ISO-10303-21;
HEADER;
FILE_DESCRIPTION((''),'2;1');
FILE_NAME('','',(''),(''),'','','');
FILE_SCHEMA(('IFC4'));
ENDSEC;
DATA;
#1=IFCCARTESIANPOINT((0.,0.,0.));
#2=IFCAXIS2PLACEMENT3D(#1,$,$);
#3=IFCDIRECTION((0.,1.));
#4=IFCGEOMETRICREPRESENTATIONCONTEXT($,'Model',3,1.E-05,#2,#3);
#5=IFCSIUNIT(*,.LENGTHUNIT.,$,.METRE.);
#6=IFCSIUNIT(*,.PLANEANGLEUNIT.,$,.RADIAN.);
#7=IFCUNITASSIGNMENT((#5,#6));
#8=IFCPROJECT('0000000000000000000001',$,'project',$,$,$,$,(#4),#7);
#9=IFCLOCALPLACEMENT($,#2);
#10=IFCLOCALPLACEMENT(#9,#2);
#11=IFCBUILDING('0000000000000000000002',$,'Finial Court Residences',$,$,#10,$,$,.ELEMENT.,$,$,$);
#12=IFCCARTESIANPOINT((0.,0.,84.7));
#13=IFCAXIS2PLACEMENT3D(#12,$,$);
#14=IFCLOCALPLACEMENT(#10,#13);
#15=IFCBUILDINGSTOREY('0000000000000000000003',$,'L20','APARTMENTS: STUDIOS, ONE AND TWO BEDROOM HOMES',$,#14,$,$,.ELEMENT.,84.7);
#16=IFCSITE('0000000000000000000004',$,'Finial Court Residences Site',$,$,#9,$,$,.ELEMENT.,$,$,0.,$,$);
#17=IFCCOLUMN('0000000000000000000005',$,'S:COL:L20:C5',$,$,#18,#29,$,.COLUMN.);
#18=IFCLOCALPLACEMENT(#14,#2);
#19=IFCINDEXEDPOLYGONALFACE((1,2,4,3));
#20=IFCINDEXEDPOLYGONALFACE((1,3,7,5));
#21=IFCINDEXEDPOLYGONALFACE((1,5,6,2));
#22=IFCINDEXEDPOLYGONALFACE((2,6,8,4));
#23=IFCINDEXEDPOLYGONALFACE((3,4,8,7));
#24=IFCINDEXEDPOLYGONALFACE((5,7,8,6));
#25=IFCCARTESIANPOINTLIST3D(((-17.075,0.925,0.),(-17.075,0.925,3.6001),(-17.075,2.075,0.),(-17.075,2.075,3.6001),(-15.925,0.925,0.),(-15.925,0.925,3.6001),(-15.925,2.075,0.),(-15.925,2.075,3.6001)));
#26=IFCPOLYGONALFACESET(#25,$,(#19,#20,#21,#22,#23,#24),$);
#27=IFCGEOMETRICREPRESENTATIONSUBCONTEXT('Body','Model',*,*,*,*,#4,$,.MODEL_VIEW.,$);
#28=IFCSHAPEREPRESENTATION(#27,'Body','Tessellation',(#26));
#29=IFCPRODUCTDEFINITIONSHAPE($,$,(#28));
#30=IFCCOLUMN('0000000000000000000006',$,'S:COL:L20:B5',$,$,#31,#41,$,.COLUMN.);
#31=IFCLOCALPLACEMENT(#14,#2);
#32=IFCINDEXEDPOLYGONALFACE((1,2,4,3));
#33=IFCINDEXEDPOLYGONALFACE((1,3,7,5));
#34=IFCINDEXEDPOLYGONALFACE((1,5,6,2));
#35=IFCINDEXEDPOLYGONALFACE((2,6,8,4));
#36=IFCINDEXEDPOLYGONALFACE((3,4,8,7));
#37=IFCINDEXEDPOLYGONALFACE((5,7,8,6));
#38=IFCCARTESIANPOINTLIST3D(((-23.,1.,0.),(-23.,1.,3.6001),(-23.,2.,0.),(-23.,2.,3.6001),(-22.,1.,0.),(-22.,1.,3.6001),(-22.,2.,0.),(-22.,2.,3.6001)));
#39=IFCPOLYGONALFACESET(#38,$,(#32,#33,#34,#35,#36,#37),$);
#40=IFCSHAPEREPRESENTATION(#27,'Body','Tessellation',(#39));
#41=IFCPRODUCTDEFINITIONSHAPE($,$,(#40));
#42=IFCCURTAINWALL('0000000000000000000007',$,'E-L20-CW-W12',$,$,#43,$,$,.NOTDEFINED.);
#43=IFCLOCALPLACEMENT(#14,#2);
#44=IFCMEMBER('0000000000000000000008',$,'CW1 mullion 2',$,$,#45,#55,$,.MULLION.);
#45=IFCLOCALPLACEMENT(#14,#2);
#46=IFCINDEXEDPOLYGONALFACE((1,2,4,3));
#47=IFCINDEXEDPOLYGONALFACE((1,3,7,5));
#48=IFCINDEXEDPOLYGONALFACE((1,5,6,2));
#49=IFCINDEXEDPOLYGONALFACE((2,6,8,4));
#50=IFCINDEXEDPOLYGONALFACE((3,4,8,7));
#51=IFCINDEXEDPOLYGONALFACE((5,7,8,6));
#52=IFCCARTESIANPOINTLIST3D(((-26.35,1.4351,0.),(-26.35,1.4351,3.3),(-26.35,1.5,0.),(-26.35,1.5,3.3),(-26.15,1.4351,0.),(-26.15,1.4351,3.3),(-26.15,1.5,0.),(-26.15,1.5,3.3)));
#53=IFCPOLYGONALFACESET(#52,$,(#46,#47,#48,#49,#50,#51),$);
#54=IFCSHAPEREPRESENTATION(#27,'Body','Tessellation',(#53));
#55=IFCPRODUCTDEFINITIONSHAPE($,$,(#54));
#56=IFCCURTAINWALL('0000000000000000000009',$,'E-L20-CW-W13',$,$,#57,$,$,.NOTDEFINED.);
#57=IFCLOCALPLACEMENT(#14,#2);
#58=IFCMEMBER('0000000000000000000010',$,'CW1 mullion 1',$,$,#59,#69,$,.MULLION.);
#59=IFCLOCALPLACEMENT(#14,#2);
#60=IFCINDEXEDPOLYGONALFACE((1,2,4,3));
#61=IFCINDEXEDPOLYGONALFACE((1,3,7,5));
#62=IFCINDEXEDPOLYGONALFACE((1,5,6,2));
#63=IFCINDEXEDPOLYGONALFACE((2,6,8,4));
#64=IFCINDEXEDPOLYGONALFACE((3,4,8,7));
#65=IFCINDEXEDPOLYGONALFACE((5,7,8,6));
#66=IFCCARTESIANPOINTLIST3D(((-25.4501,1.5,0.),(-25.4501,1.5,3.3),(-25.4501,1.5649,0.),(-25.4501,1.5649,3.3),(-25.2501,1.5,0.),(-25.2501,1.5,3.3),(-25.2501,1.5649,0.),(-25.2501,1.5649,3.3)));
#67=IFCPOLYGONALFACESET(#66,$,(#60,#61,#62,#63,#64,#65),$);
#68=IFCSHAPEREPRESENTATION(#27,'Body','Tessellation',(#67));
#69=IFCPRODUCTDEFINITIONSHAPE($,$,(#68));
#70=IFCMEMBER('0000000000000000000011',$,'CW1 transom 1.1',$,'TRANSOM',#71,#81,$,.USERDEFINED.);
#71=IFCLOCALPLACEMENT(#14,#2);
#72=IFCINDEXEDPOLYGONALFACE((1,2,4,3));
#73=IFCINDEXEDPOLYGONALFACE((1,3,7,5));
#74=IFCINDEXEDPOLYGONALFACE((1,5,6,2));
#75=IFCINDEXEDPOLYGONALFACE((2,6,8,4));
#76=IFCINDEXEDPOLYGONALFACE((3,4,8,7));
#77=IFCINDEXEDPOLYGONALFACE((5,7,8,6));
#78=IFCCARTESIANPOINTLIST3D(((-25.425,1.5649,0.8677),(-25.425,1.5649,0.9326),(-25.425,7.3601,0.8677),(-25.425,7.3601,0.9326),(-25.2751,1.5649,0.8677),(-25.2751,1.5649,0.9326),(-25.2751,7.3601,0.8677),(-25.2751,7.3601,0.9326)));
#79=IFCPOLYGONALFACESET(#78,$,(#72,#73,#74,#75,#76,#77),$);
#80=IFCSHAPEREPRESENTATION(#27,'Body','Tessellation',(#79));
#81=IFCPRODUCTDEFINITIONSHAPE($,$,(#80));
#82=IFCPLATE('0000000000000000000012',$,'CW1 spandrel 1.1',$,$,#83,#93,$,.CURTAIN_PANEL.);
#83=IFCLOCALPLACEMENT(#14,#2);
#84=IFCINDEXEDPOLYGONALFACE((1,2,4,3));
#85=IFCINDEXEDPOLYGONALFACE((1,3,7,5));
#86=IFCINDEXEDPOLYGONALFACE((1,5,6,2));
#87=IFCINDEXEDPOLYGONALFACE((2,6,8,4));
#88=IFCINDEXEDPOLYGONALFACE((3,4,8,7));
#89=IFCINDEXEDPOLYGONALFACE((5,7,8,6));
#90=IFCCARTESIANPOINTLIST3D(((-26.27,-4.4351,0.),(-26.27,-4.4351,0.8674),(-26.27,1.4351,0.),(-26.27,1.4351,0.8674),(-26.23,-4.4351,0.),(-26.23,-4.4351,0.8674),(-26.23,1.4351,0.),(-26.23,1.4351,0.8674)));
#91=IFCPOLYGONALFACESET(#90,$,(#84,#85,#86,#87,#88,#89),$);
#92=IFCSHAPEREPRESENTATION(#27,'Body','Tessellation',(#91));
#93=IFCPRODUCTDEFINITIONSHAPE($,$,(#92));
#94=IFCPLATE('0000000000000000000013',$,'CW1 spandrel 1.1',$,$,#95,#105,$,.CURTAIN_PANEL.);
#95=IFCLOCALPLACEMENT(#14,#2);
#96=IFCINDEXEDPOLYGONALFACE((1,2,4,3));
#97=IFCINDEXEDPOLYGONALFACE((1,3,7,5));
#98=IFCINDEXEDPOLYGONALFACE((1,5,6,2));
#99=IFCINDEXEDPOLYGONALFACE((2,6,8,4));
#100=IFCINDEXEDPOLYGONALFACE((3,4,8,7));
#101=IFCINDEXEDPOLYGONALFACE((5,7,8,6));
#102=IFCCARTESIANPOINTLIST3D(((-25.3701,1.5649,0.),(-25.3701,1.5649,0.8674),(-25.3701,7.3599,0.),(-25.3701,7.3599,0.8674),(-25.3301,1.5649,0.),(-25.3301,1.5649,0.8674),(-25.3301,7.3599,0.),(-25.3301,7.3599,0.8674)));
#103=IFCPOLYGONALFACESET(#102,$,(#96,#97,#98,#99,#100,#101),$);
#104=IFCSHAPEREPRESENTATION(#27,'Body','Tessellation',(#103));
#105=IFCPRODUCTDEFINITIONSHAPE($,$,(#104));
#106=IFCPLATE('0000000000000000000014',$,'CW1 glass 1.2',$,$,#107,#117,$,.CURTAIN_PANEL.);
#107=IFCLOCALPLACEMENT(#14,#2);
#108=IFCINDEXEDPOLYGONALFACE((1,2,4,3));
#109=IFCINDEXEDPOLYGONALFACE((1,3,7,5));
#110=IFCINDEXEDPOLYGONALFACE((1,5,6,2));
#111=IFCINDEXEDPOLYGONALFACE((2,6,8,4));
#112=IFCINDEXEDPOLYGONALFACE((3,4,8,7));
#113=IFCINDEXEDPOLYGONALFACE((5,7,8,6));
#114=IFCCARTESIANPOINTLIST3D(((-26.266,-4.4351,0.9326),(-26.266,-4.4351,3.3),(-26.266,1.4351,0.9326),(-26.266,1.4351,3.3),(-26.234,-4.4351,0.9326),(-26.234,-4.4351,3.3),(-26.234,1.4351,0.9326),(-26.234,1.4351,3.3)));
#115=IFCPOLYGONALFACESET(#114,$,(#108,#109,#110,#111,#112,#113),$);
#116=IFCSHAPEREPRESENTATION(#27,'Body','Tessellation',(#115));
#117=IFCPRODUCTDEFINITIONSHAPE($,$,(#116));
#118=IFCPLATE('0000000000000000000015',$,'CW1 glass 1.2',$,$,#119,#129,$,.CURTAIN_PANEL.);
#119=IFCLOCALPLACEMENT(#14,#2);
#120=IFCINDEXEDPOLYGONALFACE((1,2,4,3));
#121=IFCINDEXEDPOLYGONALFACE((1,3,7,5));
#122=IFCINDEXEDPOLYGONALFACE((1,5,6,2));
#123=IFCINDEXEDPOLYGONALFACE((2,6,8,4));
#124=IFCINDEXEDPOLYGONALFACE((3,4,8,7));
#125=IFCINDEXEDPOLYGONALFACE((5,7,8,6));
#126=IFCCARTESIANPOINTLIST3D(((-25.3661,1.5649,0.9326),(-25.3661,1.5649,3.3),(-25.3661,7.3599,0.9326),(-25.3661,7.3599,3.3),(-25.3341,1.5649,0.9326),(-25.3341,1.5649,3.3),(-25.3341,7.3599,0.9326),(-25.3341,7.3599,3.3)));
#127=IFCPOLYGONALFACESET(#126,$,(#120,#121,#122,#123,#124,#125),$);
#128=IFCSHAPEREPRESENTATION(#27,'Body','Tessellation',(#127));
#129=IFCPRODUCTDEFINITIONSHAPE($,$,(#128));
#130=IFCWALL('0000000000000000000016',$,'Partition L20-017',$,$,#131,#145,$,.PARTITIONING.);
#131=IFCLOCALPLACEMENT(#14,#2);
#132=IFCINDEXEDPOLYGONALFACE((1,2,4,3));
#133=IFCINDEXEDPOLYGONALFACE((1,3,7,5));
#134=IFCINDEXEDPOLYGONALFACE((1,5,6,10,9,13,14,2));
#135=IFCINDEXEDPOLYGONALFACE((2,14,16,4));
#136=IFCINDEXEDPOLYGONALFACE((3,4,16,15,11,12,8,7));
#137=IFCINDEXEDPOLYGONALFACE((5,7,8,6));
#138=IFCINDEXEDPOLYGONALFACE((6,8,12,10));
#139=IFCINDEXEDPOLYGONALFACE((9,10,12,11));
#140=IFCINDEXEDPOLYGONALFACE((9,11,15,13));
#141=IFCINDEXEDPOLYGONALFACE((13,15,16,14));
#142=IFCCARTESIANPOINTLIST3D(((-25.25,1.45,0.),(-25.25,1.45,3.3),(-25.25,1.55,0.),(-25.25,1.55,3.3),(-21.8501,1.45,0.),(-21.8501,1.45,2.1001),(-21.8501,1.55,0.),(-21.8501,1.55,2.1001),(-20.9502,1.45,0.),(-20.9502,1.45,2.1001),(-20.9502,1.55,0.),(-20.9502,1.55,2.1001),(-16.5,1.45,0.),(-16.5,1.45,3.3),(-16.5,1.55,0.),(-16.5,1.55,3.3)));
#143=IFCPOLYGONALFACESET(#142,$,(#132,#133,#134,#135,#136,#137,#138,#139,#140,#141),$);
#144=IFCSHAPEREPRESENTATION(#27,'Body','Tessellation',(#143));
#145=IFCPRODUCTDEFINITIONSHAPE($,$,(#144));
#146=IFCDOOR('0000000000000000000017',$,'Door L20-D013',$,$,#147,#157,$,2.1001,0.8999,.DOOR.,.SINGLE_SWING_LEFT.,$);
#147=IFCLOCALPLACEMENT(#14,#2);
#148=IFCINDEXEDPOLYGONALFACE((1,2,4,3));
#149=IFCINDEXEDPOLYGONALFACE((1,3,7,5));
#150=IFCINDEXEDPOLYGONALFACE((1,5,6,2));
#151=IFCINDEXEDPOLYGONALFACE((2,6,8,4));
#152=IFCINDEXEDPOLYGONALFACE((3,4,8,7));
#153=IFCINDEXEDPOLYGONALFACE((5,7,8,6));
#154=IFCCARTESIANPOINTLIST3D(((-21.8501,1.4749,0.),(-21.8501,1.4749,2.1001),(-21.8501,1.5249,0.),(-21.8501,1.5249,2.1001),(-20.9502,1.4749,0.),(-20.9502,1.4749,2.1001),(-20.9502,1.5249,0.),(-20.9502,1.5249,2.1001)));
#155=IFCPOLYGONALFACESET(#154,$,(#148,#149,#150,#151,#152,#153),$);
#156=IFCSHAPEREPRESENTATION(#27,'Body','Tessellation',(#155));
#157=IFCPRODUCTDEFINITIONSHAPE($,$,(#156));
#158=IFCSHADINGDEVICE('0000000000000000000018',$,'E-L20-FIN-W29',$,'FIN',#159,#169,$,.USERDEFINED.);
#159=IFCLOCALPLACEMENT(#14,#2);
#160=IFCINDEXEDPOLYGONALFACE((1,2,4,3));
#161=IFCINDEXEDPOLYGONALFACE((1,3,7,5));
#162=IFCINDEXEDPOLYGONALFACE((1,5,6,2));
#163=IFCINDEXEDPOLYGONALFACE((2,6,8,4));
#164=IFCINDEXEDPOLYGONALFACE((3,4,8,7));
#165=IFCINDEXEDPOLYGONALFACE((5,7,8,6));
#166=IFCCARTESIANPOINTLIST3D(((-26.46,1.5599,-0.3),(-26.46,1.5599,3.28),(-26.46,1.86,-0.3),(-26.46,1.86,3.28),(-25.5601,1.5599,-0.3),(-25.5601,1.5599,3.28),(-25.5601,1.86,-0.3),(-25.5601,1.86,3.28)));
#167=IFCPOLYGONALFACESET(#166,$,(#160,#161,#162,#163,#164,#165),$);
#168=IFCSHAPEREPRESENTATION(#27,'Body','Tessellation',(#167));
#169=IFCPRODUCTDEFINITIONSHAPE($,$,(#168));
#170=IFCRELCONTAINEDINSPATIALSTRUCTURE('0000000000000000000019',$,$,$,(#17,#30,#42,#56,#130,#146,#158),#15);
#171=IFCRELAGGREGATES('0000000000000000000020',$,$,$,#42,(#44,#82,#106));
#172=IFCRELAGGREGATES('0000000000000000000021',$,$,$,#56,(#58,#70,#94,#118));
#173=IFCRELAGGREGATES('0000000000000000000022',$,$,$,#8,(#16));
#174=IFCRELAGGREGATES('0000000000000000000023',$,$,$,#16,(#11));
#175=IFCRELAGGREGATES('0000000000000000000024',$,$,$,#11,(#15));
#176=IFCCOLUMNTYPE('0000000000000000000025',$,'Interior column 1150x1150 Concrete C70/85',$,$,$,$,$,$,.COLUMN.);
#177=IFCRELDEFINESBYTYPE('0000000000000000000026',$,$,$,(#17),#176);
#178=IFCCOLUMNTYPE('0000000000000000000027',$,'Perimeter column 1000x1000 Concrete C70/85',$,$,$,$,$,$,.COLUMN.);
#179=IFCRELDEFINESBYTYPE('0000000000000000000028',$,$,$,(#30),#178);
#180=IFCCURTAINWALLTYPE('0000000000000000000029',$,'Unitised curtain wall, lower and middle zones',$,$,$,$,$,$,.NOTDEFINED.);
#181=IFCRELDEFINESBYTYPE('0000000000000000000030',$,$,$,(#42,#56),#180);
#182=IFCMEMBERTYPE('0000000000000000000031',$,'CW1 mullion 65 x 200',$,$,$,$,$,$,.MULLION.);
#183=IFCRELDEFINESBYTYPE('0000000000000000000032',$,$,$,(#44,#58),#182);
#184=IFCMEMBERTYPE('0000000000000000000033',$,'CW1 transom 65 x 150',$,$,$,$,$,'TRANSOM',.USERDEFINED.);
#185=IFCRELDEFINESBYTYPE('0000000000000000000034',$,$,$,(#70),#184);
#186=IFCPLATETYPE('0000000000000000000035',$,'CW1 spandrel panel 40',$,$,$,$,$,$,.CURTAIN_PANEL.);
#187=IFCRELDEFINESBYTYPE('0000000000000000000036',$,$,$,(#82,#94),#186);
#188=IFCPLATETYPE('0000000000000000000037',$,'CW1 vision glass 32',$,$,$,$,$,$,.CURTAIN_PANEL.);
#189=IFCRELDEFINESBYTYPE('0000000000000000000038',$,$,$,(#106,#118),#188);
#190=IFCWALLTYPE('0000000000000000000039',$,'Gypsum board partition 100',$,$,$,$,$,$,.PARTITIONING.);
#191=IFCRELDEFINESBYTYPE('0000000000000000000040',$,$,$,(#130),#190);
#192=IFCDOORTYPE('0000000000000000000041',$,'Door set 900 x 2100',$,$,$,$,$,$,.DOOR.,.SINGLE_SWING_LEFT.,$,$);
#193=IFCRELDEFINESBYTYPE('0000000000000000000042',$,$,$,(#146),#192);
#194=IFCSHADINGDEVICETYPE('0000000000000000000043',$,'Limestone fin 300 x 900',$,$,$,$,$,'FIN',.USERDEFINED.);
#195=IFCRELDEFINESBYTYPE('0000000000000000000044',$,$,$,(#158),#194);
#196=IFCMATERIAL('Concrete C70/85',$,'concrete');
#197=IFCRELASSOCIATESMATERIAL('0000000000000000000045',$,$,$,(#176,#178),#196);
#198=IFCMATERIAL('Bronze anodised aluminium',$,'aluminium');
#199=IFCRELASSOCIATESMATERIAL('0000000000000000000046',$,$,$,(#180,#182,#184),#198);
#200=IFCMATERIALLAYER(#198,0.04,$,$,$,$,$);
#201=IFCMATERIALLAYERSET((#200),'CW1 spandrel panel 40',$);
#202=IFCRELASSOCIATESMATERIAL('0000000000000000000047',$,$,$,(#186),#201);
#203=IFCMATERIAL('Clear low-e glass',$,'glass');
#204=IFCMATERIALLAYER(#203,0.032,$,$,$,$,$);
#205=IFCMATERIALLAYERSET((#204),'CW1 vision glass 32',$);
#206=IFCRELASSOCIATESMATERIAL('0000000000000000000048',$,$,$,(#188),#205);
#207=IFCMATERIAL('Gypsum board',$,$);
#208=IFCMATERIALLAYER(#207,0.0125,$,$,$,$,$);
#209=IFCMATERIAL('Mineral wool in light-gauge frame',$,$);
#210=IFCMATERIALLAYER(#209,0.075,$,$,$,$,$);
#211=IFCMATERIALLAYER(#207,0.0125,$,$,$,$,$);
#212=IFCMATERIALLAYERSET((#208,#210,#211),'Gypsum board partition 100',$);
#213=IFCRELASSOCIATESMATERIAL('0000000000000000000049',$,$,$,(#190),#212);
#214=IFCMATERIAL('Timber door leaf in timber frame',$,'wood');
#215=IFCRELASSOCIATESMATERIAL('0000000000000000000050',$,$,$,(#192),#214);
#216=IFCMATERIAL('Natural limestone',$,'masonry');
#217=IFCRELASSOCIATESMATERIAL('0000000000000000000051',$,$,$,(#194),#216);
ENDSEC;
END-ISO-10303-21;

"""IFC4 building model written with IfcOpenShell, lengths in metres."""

from ifc_helpers import new_model, si_unit, direction, frame, frame_2d, origin, origin_2d, place, context, subcontext, project, spatial, rectangle, extrude, material, layer, layer_set, material_profile, profile_set, type_object, element, fill, aggregate, save


model = new_model("IFC4")

# Units and contexts
model_context = context("Model", 3, precision=1e-05, world=origin(), true_north=direction((0.0, 1.0)))
body_context = subcontext(model_context, "Body", "Model", "MODEL_VIEW")
ifc_project = project(units=[si_unit("LENGTHUNIT", "METRE"), si_unit("PLANEANGLEUNIT", "RADIAN")], contexts=[model_context])

# Site, building, storey
site_placement = place(None, origin())
site = spatial("IfcSite", under=ifc_project, at=site_placement, Name="Finial Court Residences Site", CompositionType="ELEMENT", RefElevation=0.0)
building_placement = place(site_placement, origin())
building = spatial("IfcBuilding", under=site, at=building_placement, Name="Finial Court Residences", CompositionType="ELEMENT")
storey_placement = place(building_placement, frame((0.0, 0.0, 84.7)))
storey = spatial("IfcBuildingStorey", under=building, at=storey_placement, Name="L20", Description="APARTMENTS: STUDIOS, ONE AND TWO BEDROOM HOMES", CompositionType="ELEMENT", Elevation=84.7)

# Columns
ifc_material_1 = material(Name="Concrete C70/85", Category="concrete")
ifc_material_profile_1 = material_profile(ifc_material_1, rectangle(XDim=1.1499, YDim=1.1499, at=origin_2d()), Name="1150x1150")
ifc_profile_set_1 = profile_set([ifc_material_profile_1], Name="Concrete C70/85")
column_type_1 = type_object("IfcColumnType", Name="Interior column 1150x1150 Concrete C70/85", PredefinedType="COLUMN", material=ifc_profile_set_1)
column_1_placement = place(storey_placement, frame((-16.5, 1.5, 0.0), z_axis=(0.0, 0.0, 1.0), x_axis=(1.0, 0.0, 0.0)))
element("IfcColumn", 1, at=column_1_placement, inside=storey, type_object=column_type_1, Name="S:COL:L20:C5", PredefinedType="COLUMN", context=body_context, shape_type="SweptSolid", body=[
    extrude(rectangle(XDim=1.1499, YDim=1.1499, at=origin_2d()), origin(), (0.0, 0.0, 1.0), 3.6001),
])
ifc_material_profile_2 = material_profile(ifc_material_1, rectangle(XDim=1.0, YDim=1.0, at=origin_2d()), Name="1000x1000")
ifc_profile_set_2 = profile_set([ifc_material_profile_2], Name="Concrete C70/85")
column_type_2 = type_object("IfcColumnType", Name="Perimeter column 1000x1000 Concrete C70/85", PredefinedType="COLUMN", material=ifc_profile_set_2)
column_2_placement = place(storey_placement, frame((-22.5, 1.5, 0.0), z_axis=(0.0, 0.0, 1.0), x_axis=(1.0, 0.0, 0.0)))
element("IfcColumn", 2, at=column_2_placement, inside=storey, type_object=column_type_2, Name="S:COL:L20:B5", PredefinedType="COLUMN", context=body_context, shape_type="SweptSolid", body=[
    extrude(rectangle(XDim=1.0, YDim=1.0, at=origin_2d()), origin(), (0.0, 0.0, 1.0), 3.6001),
])

# Curtain wall, member
ifc_material_2 = material(Name="Bronze anodised aluminium", Category="aluminium")
curtain_wall_type = type_object("IfcCurtainWallType", Name="Unitised curtain wall, lower and middle zones", PredefinedType="NOTDEFINED", material=ifc_material_2)
curtain_wall_1_placement = place(storey_placement, origin())
curtain_wall_1 = element("IfcCurtainWall", 3, at=curtain_wall_1_placement, inside=storey, type_object=curtain_wall_type, Name="E-L20-CW-W12", PredefinedType="NOTDEFINED")
ifc_material_profile_3 = material_profile(ifc_material_2, rectangle(XDim=0.2, YDim=0.0649, at=origin_2d()), Name="CW1 mullion 65 x 200")
ifc_profile_set_3 = profile_set([ifc_material_profile_3], Name="Bronze anodised aluminium")
member_type_1 = type_object("IfcMemberType", Name="CW1 mullion 65 x 200", PredefinedType="MULLION", material=ifc_profile_set_3)
member_1_placement = place(storey_placement, frame((-26.25, 1.4675, 0.0), z_axis=(0.0, 0.0, 1.0), x_axis=(-1.0, 0.0, 0.0)))
member_1 = element("IfcMember", 4, at=member_1_placement, type_object=member_type_1, Name="CW1 mullion 2", PredefinedType="MULLION", context=body_context, shape_type="SweptSolid", body=[
    extrude(rectangle(XDim=0.2, YDim=0.0649, at=origin_2d()), origin(), (0.0, 0.0, 1.0), 3.3),
])

# Curtain wall, members
curtain_wall_2_placement = place(storey_placement, origin())
curtain_wall_2 = element("IfcCurtainWall", 5, at=curtain_wall_2_placement, inside=storey, type_object=curtain_wall_type, Name="E-L20-CW-W13", PredefinedType="NOTDEFINED")
member_2_placement = place(storey_placement, frame((-25.3501, 1.5325, 0.0), z_axis=(0.0, 0.0, 1.0), x_axis=(-1.0, 0.0, 0.0)))
member_2 = element("IfcMember", 6, at=member_2_placement, type_object=member_type_1, Name="CW1 mullion 1", PredefinedType="MULLION", context=body_context, shape_type="SweptSolid", body=[
    extrude(rectangle(XDim=0.2, YDim=0.0649, at=origin_2d()), origin(), (0.0, 0.0, 1.0), 3.3),
])
ifc_material_profile_4 = material_profile(ifc_material_2, rectangle(XDim=0.1499, YDim=0.0649, at=origin_2d()), Name="CW1 transom 65 x 150")
ifc_profile_set_4 = profile_set([ifc_material_profile_4], Name="Bronze anodised aluminium")
member_type_2 = type_object("IfcMemberType", Name="CW1 transom 65 x 150", ElementType="TRANSOM", PredefinedType="USERDEFINED", material=ifc_profile_set_4)
member_3_placement = place(storey_placement, frame((-25.3501, 1.5649, 0.9001), z_axis=(0.0, 1.0, 0.0), x_axis=(-1.0, 0.0, 0.0)))
member_3 = element("IfcMember", 7, at=member_3_placement, type_object=member_type_2, Name="CW1 transom 1.1", ObjectType="TRANSOM", PredefinedType="USERDEFINED", context=body_context, shape_type="SweptSolid", body=[
    extrude(rectangle(XDim=0.1499, YDim=0.0649, at=origin_2d()), origin(), (0.0, 0.0, 1.0), 5.7952),
])

# Plates
ifc_layer_1 = layer(ifc_material_2, 0.04)
ifc_layer_set_1 = layer_set([ifc_layer_1], Name="CW1 spandrel panel 40")
plate_type_1 = type_object("IfcPlateType", Name="CW1 spandrel panel 40", PredefinedType="CURTAIN_PANEL", material=ifc_layer_set_1)
plate_1_placement = place(storey_placement, frame((-26.25, -1.5, 0.0), z_axis=(0.0, 0.0, 1.0), x_axis=(0.0, 1.0, 0.0)))
plate_1 = element("IfcPlate", 8, at=plate_1_placement, type_object=plate_type_1, Name="CW1 spandrel 1.1", PredefinedType="CURTAIN_PANEL", context=body_context, shape_type="SweptSolid", body=[
    extrude(rectangle(XDim=5.8701, YDim=0.04, at=origin_2d()), origin(), (0.0, 0.0, 1.0), 0.8674),
])
plate_2_placement = place(storey_placement, frame((-25.3501, 4.4624, 0.0), z_axis=(0.0, 0.0, 1.0), x_axis=(0.0, 1.0, 0.0)))
plate_2 = element("IfcPlate", 9, at=plate_2_placement, type_object=plate_type_1, Name="CW1 spandrel 1.1", PredefinedType="CURTAIN_PANEL", context=body_context, shape_type="SweptSolid", body=[
    extrude(rectangle(XDim=5.7949, YDim=0.04, at=origin_2d()), origin(), (0.0, 0.0, 1.0), 0.8674),
])
ifc_material_3 = material(Name="Clear low-e glass", Category="glass")
ifc_layer_2 = layer(ifc_material_3, 0.032)
ifc_layer_set_2 = layer_set([ifc_layer_2], Name="CW1 vision glass 32")
plate_type_2 = type_object("IfcPlateType", Name="CW1 vision glass 32", PredefinedType="CURTAIN_PANEL", material=ifc_layer_set_2)
plate_3_placement = place(storey_placement, frame((-26.25, -1.5, 0.9326), z_axis=(0.0, 0.0, 1.0), x_axis=(0.0, 1.0, 0.0)))
plate_3 = element("IfcPlate", 10, at=plate_3_placement, type_object=plate_type_2, Name="CW1 glass 1.2", PredefinedType="CURTAIN_PANEL", context=body_context, shape_type="SweptSolid", body=[
    extrude(rectangle(XDim=5.8701, YDim=0.032, at=origin_2d()), origin(), (0.0, 0.0, 1.0), 2.3674),
])
aggregate(curtain_wall_1, [member_1, plate_1, plate_3])
plate_4_placement = place(storey_placement, frame((-25.3501, 4.4624, 0.9326), z_axis=(0.0, 0.0, 1.0), x_axis=(0.0, 1.0, 0.0)))
plate_4 = element("IfcPlate", 11, at=plate_4_placement, type_object=plate_type_2, Name="CW1 glass 1.2", PredefinedType="CURTAIN_PANEL", context=body_context, shape_type="SweptSolid", body=[
    extrude(rectangle(XDim=5.7949, YDim=0.032, at=origin_2d()), origin(), (0.0, 0.0, 1.0), 2.3674),
])
aggregate(curtain_wall_2, [member_2, member_3, plate_2, plate_4])

# Wall, opening, door
ifc_material_4 = material(Name="Gypsum board")
ifc_layer_3 = layer(ifc_material_4, 0.0125)
ifc_material_5 = material(Name="Mineral wool in light-gauge frame")
ifc_layer_4 = layer(ifc_material_5, 0.075)
ifc_layer_5 = layer(ifc_material_4, 0.0125)
ifc_layer_set_3 = layer_set([ifc_layer_3, ifc_layer_4, ifc_layer_5], Name="Gypsum board partition 100")
wall_type = type_object("IfcWallType", Name="Gypsum board partition 100", PredefinedType="PARTITIONING", material=ifc_layer_set_3)
wall_placement = place(storey_placement, frame((-25.25, 1.5, 0.0), z_axis=(0.0, 0.0, 1.0), x_axis=(1.0, 0.0, 0.0)))
wall = element("IfcWall", 12, at=wall_placement, inside=storey, type_object=wall_type, Name="Partition L20-017", PredefinedType="PARTITIONING", context=body_context, shape_type="SweptSolid", body=[
    extrude(rectangle(XDim=8.75, YDim=0.1001, at=frame_2d((4.375, 0.0))), origin(), (0.0, 0.0, 1.0), 3.3),
])
opening_placement = place(wall_placement, frame((3.3999, 0.0, 0.0)))
opening = element("IfcOpeningElement", 13, at=opening_placement, cuts=wall, PredefinedType="OPENING", context=body_context, shape_type="SweptSolid", body=[
    extrude(rectangle(XDim=0.8999, YDim=2.1001, at=frame_2d((0.45, 1.05))), frame((0.0, 0.0601, 0.0), z_axis=(0.0, -1.0, 0.0), x_axis=(1.0, 0.0, 0.0)), (0.0, 0.0, 1.0), 0.1201),
])
ifc_material_6 = material(Name="Timber door leaf in timber frame", Category="wood")
door_type = type_object("IfcDoorType", Name="Door set 900 x 2100", OperationType="SINGLE_SWING_LEFT", PredefinedType="DOOR", material=ifc_material_6)
door_placement = place(opening_placement, origin())
door = element("IfcDoor", 14, at=door_placement, inside=storey, type_object=door_type, Name="Door L20-D013", OperationType="SINGLE_SWING_LEFT", OverallHeight=2.1001, OverallWidth=0.8999, PredefinedType="DOOR", context=body_context, shape_type="SweptSolid", body=[
    extrude(rectangle(XDim=0.8999, YDim=2.1001, at=frame_2d((0.45, 1.05))), frame((0.0, 0.0249, 0.0), z_axis=(0.0, -1.0, 0.0), x_axis=(1.0, 0.0, 0.0)), (0.0, 0.0, 1.0), 0.05),
])
fill(opening, door)

# Shading device
ifc_material_7 = material(Name="Natural limestone", Category="masonry")
shading_device_type = type_object("IfcShadingDeviceType", Name="Limestone fin 300 x 900", ElementType="FIN", PredefinedType="USERDEFINED", material=ifc_material_7)
shading_device_placement = place(storey_placement, frame((-26.01, 1.71, -0.3), z_axis=(0.0, 0.0, 1.0), x_axis=(1.0, 0.0, 0.0)))
element("IfcShadingDevice", 15, at=shading_device_placement, inside=storey, type_object=shading_device_type, Name="E-L20-FIN-W29", ObjectType="FIN", PredefinedType="USERDEFINED", context=body_context, shape_type="SweptSolid", body=[
    extrude(rectangle(XDim=0.8999, YDim=0.3, at=origin_2d()), origin(), (0.0, 0.0, 1.0), 3.5801),
])

save(model, "model.ifc")
